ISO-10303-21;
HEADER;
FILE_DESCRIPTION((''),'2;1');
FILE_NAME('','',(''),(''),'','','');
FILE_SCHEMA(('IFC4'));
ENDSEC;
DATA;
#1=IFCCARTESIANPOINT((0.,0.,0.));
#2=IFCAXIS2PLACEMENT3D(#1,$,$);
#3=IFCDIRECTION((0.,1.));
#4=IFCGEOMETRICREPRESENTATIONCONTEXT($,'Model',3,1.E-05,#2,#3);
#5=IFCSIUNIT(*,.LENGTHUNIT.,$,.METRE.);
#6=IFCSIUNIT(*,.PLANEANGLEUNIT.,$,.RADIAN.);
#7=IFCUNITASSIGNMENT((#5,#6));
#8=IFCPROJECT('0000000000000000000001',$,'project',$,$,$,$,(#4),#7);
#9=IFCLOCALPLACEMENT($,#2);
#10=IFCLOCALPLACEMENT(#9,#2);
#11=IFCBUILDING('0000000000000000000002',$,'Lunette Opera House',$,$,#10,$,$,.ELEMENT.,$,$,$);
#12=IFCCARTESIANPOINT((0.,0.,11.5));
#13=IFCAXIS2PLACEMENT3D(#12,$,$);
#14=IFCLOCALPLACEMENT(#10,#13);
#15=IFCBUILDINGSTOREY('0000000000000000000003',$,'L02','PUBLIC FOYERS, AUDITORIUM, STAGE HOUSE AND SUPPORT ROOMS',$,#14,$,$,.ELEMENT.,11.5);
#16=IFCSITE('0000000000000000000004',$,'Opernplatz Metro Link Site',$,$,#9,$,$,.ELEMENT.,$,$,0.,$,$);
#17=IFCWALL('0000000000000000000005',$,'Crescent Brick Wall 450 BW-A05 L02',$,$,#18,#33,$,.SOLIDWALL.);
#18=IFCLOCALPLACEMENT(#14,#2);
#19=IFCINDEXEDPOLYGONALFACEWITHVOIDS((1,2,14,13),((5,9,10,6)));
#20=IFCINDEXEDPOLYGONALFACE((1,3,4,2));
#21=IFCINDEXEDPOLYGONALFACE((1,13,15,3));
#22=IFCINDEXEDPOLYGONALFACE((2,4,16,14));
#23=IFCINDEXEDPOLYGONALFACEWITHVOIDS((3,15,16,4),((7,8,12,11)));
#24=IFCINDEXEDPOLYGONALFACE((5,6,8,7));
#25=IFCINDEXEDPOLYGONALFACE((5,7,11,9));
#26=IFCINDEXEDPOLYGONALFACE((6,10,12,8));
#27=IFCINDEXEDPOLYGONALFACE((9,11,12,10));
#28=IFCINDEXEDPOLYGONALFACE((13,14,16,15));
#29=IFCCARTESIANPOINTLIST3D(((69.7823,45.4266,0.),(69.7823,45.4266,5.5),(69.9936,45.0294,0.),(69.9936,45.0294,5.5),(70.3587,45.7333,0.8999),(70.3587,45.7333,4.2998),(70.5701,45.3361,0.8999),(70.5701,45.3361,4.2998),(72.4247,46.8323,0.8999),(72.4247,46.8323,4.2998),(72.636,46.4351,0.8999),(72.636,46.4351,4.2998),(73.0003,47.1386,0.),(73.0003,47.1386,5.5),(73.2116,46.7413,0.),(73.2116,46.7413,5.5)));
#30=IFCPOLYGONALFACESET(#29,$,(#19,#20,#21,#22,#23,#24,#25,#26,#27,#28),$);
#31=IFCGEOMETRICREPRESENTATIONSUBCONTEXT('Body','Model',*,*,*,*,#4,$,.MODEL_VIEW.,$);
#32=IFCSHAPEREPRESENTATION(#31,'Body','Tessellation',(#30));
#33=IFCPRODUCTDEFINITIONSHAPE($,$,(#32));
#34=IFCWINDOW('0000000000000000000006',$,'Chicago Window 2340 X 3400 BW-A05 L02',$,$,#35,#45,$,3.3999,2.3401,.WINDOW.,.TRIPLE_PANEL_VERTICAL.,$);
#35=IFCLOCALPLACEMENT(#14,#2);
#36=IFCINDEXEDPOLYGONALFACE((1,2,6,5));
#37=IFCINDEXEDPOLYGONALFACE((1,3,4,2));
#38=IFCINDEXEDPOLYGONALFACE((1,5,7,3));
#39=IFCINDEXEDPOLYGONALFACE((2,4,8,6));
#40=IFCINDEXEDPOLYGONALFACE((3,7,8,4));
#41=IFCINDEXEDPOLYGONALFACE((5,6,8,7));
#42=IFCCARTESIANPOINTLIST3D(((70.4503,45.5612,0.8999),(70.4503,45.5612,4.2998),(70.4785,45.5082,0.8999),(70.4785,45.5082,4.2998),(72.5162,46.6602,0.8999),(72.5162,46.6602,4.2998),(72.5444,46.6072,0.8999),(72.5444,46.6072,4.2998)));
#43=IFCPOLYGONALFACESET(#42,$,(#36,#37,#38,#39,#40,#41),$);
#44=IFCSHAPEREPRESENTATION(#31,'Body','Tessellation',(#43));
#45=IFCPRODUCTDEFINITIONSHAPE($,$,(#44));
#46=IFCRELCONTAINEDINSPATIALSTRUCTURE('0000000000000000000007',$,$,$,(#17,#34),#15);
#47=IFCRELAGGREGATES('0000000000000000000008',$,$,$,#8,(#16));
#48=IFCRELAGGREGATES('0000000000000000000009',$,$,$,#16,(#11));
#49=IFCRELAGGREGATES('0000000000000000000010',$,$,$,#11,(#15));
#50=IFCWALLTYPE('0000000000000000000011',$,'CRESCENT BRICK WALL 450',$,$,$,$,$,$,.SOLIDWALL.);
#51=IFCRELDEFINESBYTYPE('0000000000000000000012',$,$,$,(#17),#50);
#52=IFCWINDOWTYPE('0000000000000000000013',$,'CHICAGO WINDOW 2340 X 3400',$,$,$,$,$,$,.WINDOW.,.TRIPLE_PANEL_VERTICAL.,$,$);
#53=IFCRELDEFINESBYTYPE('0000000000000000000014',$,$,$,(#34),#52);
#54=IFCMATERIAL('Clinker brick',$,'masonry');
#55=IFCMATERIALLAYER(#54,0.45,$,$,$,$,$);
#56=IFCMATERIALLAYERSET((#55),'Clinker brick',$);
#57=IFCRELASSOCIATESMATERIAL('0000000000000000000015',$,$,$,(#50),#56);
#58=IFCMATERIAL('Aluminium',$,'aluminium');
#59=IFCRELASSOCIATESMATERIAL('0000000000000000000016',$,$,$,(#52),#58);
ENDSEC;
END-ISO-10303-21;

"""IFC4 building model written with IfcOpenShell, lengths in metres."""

from ifc_helpers import new_model, si_unit, direction, frame, frame_2d, origin, place, context, subcontext, project, spatial, rectangle, extrude, material, layer, layer_set, type_object, element, fill, save


model = new_model("IFC4")

# Units and contexts
model_context = context("Model", 3, precision=1e-05, world=origin(), true_north=direction((0.0, 1.0)))
body_context = subcontext(model_context, "Body", "Model", "MODEL_VIEW")
ifc_project = project(units=[si_unit("LENGTHUNIT", "METRE"), si_unit("PLANEANGLEUNIT", "RADIAN")], contexts=[model_context])

# Site, building, storey
site_placement = place(None, origin())
site = spatial("IfcSite", under=ifc_project, at=site_placement, Name="Opernplatz Metro Link Site", CompositionType="ELEMENT", RefElevation=0.0)
building_placement = place(site_placement, origin())
building = spatial("IfcBuilding", under=site, at=building_placement, Name="Lunette Opera House", CompositionType="ELEMENT")
storey_placement = place(building_placement, frame((0.0, 0.0, 11.5)))
storey = spatial("IfcBuildingStorey", under=building, at=storey_placement, Name="L02", Description="PUBLIC FOYERS, AUDITORIUM, STAGE HOUSE AND SUPPORT ROOMS", CompositionType="ELEMENT", Elevation=11.5)

# Wall, opening, window
ifc_material_1 = material(Name="Clinker brick", Category="masonry")
ifc_layer_1 = layer(ifc_material_1, 0.45)
ifc_layer_set_1 = layer_set([ifc_layer_1], Name="Clinker brick")
wall_type_1 = type_object("IfcWallType", Name="CRESCENT BRICK WALL 450", PredefinedType="SOLIDWALL", material=ifc_layer_set_1)
ifc_material_2 = material(Name="Aluminium", Category="aluminium")
window_type = type_object("IfcWindowType", Name="CHICAGO WINDOW 2340 X 3400", PartitioningType="TRIPLE_PANEL_VERTICAL", PredefinedType="WINDOW", material=ifc_material_2)
wall_1_placement = place(storey_placement, frame((69.8879, 45.228, 0.0), z_axis=(0.0, 0.0, 1.0), x_axis=(0.882849, 0.469656, 0.0)))
wall_1 = element("IfcWall", 1, at=wall_1_placement, inside=storey, type_object=wall_type_1, Name="Crescent Brick Wall 450 BW-A05 L02", PredefinedType="SOLIDWALL", context=body_context, shape_type="SweptSolid", body=[
    extrude(rectangle(XDim=3.645, YDim=0.45, at=frame_2d((1.8225, 0.0))), origin(), (0.0, 0.0, 1.0), 5.5),
])
opening_1_placement = place(wall_1_placement, frame((0.6531, 0.0, 0.8999)))
opening_1 = element("IfcOpeningElement", 2, at=opening_1_placement, cuts=wall_1, PredefinedType="OPENING", context=body_context, shape_type="SweptSolid", body=[
    extrude(rectangle(XDim=2.3401, YDim=3.3999, at=frame_2d((1.1699, 1.7))), frame((0.0, 0.2371, 0.0), z_axis=(0.0, -1.0, 0.0), x_axis=(1.0, 0.0, 0.0)), (0.0, 0.0, 1.0), 0.4739),
])
window_1_placement = place(opening_1_placement, origin())
window_1 = element("IfcWindow", 3, at=window_1_placement, inside=storey, type_object=window_type, Name="Chicago Window 2340 X 3400 BW-A05 L02", OverallHeight=3.3999, OverallWidth=2.3401, PartitioningType="TRIPLE_PANEL_VERTICAL", PredefinedType="WINDOW", context=body_context, shape_type="SweptSolid", body=[
    extrude(rectangle(XDim=2.3401, YDim=3.3999, at=frame_2d((1.1699, 1.7))), frame((0.0, 0.03, 0.0), z_axis=(0.0, -1.0, 0.0), x_axis=(1.0, 0.0, 0.0)), (0.0, 0.0, 1.0), 0.0601),
])
fill(opening_1, window_1)

save(model, "model.ifc")
